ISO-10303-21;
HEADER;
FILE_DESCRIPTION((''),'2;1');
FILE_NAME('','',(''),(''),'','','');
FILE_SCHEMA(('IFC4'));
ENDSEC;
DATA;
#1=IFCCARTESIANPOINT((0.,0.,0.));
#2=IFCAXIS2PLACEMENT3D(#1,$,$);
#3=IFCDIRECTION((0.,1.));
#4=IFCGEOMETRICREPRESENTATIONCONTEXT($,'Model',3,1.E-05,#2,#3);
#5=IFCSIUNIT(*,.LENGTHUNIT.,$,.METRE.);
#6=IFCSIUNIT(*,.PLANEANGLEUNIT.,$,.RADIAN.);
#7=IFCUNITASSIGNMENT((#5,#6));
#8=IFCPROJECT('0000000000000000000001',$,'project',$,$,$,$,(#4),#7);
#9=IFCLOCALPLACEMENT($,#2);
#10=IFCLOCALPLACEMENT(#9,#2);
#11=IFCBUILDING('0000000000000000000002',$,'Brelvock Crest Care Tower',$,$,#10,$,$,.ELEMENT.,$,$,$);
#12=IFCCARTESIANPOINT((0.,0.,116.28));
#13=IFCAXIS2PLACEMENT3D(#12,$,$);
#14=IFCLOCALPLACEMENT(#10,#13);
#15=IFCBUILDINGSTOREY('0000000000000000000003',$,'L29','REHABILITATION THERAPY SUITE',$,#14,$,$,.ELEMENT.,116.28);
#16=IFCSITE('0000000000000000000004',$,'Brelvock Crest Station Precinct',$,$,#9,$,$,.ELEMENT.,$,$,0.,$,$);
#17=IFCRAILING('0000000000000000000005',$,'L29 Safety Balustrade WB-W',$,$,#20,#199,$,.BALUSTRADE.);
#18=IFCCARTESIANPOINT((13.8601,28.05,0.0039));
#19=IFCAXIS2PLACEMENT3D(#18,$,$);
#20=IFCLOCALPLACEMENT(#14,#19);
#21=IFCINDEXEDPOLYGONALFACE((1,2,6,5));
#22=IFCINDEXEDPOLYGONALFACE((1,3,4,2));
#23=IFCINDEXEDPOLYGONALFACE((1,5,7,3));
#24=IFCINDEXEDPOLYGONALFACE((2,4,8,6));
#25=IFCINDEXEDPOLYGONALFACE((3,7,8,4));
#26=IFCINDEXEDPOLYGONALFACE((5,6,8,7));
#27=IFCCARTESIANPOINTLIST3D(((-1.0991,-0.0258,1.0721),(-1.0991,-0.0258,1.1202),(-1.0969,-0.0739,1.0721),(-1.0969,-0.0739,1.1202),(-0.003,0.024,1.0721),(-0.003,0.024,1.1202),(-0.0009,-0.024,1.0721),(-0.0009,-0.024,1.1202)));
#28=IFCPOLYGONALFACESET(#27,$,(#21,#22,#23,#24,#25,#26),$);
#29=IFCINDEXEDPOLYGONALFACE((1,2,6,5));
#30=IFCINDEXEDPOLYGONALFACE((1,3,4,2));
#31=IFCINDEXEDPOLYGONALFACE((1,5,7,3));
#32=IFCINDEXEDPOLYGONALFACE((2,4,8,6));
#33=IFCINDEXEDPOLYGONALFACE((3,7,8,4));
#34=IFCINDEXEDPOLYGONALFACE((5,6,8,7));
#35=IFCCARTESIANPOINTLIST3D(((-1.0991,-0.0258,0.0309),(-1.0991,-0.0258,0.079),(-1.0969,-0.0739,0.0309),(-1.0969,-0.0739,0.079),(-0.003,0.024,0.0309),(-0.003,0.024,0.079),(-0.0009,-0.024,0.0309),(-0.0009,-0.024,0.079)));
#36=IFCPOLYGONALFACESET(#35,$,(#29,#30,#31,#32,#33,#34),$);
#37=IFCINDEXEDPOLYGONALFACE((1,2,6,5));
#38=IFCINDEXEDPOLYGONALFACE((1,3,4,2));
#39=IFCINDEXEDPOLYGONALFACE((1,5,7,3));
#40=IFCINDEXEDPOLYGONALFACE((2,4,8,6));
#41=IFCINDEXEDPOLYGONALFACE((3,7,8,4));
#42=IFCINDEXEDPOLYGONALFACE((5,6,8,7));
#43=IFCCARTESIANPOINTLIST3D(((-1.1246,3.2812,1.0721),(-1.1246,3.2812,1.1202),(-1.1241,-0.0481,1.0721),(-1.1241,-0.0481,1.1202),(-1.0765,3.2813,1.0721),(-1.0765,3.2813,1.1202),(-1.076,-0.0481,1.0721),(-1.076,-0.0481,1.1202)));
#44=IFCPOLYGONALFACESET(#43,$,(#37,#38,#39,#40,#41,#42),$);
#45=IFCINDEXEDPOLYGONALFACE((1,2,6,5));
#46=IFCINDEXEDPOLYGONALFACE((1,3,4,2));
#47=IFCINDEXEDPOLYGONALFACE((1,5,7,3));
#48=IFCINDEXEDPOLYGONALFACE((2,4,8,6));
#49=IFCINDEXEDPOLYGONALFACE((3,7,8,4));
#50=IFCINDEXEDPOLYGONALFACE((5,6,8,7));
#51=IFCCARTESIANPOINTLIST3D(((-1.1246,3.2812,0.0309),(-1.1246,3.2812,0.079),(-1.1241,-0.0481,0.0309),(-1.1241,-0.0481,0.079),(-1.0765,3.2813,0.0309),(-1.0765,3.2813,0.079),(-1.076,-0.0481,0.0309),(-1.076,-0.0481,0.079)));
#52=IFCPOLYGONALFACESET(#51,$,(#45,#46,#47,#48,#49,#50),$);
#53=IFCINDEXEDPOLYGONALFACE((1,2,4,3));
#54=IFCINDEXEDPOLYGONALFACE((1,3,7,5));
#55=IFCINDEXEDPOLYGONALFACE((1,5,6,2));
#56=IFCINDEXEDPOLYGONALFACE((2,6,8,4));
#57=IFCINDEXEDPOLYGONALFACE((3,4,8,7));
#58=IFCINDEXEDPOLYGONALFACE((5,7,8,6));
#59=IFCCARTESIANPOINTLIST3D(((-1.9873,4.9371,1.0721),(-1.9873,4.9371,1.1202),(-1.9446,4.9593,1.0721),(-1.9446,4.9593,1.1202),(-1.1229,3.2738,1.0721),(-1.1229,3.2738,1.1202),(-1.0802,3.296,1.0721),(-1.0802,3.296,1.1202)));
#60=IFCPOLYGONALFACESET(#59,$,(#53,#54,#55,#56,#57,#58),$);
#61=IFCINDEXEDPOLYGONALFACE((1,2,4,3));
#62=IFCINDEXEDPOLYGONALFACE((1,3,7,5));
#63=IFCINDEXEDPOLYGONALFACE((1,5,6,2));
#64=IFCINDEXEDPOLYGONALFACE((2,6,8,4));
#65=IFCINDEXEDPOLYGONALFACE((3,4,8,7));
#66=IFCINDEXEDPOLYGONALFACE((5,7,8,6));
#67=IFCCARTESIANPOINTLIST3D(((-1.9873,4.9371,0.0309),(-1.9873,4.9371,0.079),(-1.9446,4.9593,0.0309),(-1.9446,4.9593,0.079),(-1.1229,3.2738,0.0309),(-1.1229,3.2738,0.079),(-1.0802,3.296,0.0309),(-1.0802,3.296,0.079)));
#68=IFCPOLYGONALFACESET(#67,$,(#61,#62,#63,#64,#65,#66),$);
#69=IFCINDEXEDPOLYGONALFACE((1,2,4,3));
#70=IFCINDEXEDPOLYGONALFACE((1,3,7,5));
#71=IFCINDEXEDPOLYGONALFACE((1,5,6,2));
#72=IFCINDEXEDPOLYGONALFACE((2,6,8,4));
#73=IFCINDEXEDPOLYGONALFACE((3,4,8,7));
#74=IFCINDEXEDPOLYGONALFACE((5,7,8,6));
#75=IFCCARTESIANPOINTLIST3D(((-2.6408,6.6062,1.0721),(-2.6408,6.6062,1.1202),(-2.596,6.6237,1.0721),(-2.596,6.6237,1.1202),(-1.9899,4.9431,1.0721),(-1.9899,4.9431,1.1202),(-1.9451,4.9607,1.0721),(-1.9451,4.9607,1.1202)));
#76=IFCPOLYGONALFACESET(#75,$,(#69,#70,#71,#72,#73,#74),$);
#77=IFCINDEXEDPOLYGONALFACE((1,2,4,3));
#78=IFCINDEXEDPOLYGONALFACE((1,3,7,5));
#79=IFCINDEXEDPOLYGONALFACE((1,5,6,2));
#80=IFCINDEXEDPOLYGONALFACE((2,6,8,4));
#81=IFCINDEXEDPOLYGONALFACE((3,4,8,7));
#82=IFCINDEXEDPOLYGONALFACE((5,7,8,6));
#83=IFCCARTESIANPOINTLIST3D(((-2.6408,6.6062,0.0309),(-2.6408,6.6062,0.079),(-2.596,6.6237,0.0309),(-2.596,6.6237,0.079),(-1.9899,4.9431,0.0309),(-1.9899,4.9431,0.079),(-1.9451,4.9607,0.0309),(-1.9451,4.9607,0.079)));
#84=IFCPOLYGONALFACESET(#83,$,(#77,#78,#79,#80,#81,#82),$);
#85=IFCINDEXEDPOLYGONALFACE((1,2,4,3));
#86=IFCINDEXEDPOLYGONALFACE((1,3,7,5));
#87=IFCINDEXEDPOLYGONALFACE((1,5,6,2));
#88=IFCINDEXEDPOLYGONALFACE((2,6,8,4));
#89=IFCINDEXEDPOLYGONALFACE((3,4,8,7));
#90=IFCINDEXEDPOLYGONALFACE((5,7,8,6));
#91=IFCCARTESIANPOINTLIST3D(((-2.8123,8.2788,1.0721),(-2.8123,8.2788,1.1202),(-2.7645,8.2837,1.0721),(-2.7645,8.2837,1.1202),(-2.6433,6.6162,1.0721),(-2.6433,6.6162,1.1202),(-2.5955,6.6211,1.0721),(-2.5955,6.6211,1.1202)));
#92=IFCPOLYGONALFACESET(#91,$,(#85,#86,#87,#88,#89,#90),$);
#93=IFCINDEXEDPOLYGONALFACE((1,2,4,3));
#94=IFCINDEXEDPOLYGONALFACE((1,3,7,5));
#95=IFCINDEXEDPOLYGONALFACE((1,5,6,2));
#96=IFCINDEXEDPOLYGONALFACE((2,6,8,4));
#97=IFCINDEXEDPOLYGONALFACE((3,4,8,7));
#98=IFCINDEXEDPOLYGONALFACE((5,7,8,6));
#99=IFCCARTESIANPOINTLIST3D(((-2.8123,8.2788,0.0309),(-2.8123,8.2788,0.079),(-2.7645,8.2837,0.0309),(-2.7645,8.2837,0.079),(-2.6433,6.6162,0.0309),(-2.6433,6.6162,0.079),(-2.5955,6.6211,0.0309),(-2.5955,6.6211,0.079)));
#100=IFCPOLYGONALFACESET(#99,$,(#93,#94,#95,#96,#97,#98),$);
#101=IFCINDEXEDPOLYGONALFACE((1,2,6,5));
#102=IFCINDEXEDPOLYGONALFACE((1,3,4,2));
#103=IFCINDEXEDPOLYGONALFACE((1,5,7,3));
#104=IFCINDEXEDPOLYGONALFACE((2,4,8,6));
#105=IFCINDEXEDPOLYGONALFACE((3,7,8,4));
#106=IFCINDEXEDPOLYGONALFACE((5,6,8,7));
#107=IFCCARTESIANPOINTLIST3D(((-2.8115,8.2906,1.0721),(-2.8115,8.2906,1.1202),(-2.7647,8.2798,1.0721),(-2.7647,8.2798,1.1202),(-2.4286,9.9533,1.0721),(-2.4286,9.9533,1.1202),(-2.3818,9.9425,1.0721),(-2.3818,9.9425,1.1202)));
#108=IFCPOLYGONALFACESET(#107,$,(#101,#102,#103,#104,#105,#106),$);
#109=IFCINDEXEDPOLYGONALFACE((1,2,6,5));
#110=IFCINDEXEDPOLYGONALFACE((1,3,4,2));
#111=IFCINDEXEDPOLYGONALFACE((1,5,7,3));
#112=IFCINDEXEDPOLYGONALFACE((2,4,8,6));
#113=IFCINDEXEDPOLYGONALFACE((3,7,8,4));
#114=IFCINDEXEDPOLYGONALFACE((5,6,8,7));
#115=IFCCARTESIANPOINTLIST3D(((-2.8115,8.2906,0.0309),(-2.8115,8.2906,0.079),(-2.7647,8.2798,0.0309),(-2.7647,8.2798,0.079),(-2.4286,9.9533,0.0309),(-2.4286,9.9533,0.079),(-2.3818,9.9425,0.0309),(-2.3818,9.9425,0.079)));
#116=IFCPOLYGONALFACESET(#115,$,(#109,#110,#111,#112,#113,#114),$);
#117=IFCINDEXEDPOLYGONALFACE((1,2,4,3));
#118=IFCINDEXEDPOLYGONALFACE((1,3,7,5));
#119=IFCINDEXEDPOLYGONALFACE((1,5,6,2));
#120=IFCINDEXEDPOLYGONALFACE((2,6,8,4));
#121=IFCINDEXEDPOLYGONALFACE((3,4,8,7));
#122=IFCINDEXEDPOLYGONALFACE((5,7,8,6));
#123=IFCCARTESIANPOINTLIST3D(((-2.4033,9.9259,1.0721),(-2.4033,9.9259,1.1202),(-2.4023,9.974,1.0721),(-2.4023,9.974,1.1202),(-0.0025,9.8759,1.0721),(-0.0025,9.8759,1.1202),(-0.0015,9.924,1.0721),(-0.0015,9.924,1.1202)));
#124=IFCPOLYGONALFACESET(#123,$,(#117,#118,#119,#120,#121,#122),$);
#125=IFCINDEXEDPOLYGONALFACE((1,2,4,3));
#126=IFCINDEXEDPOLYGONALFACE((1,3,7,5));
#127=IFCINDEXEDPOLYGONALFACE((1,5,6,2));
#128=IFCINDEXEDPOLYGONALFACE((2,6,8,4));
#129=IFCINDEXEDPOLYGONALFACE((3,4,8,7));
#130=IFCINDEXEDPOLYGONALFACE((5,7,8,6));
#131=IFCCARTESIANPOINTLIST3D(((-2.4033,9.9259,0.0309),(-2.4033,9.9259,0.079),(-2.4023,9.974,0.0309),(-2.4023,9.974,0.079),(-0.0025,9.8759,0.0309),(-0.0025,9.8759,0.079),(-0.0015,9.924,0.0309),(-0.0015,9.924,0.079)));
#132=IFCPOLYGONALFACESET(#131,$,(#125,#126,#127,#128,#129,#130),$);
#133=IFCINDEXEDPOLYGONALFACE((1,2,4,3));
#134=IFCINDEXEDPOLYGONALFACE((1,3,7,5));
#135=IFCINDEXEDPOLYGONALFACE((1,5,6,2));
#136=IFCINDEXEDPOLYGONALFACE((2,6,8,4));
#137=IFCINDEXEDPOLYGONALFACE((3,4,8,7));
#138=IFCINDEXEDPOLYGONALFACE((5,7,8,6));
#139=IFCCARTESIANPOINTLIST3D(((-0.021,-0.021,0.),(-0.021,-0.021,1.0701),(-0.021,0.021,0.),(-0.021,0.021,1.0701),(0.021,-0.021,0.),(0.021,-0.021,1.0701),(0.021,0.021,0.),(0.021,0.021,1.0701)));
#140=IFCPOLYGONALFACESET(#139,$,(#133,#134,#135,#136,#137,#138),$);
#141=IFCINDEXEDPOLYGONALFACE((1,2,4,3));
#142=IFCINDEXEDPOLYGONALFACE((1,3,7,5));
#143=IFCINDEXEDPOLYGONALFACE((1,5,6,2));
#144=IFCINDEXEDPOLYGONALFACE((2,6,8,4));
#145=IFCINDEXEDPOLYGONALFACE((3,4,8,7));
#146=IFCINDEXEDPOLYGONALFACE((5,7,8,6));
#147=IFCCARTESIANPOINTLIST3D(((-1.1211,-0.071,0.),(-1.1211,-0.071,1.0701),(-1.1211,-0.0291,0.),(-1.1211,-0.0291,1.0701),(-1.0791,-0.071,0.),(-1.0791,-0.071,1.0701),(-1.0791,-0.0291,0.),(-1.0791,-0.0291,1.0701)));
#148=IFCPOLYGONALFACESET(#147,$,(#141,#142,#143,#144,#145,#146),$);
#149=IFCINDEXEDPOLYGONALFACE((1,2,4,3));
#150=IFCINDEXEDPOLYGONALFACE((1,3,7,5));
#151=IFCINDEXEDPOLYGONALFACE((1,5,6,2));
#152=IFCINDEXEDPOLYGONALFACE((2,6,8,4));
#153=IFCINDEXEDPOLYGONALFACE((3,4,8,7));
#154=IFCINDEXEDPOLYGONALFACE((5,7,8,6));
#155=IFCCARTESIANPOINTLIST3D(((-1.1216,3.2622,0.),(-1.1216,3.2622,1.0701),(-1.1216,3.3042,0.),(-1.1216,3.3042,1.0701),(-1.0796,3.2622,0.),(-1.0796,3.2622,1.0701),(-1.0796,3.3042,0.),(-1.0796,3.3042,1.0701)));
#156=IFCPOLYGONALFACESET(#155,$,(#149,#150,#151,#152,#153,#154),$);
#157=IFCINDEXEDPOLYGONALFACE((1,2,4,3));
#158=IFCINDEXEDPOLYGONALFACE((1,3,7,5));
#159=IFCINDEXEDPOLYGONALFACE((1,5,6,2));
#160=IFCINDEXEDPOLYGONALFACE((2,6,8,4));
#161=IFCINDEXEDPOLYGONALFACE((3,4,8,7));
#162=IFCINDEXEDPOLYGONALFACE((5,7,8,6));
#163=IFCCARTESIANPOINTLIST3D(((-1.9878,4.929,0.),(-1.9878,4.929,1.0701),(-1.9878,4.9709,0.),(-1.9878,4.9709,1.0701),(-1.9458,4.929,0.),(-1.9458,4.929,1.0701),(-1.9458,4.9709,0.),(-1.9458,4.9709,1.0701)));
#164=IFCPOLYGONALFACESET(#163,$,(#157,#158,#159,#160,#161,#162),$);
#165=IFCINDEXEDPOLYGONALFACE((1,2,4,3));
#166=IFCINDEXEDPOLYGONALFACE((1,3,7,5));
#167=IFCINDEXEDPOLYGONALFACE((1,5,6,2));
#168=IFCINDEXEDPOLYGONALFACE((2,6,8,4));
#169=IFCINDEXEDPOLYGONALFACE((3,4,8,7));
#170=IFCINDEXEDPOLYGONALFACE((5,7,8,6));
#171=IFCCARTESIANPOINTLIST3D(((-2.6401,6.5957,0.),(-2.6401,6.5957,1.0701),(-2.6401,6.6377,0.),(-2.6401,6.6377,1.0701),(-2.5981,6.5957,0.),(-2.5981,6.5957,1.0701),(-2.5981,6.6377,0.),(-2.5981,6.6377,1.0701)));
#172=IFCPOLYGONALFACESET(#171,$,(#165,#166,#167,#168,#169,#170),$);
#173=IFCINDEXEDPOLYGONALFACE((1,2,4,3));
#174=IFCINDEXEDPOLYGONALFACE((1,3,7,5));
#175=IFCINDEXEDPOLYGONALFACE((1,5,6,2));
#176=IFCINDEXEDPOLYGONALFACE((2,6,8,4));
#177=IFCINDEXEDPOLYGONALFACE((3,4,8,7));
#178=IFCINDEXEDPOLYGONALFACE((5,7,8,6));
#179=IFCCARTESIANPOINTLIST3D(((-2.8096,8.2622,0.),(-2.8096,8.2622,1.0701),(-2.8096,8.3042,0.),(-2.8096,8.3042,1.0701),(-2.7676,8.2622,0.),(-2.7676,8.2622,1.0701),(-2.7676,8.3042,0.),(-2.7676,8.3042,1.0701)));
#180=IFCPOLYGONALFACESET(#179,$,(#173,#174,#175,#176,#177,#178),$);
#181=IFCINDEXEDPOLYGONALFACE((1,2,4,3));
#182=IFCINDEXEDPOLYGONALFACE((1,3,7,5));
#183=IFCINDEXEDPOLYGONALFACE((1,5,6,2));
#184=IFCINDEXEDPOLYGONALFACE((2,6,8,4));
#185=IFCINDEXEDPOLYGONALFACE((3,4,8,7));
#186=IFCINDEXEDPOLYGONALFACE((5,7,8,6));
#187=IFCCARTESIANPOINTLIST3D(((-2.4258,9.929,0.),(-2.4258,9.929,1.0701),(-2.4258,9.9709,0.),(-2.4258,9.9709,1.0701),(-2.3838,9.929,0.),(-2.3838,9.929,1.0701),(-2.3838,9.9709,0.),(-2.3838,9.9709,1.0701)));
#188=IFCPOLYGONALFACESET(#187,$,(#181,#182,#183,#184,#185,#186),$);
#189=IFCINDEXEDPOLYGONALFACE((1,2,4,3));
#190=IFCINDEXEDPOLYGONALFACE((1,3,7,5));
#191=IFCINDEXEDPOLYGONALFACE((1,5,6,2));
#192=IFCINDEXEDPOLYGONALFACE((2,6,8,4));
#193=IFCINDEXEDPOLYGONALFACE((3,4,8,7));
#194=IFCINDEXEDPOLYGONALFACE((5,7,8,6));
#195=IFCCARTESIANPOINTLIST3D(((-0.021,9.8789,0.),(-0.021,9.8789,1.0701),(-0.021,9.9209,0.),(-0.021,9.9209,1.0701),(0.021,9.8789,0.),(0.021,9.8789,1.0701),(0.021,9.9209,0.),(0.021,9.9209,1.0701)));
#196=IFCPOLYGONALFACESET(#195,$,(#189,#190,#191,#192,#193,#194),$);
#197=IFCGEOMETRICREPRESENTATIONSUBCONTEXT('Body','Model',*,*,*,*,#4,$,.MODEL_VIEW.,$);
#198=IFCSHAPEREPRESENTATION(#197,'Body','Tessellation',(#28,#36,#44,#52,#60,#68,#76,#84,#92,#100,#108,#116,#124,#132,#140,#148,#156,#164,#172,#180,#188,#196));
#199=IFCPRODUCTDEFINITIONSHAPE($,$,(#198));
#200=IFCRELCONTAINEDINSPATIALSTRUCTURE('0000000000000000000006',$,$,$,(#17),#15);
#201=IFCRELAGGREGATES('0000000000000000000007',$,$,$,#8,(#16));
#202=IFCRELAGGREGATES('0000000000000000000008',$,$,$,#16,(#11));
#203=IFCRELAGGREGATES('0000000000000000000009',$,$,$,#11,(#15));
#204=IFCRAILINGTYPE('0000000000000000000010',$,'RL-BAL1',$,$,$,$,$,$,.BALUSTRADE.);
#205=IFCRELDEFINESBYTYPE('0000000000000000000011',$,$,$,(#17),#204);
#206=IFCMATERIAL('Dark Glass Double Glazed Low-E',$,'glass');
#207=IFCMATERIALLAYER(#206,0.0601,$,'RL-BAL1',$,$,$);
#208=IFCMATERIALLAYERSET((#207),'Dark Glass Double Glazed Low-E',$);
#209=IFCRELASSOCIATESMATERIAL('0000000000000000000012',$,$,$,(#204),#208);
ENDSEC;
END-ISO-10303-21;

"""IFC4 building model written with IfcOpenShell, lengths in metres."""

from ifc_helpers import new_model, si_unit, direction, frame, origin, origin_2d, place, context, subcontext, project, spatial, rectangle, extrude, material, layer, layer_set, type_object, element, save


model = new_model("IFC4")

# Units and contexts
model_context = context("Model", 3, precision=1e-05, world=origin(), true_north=direction((0.0, 1.0)))
body_context = subcontext(model_context, "Body", "Model", "MODEL_VIEW")
ifc_project = project(units=[si_unit("LENGTHUNIT", "METRE"), si_unit("PLANEANGLEUNIT", "RADIAN")], contexts=[model_context])

# Site, building, storey
site_placement = place(None, origin())
site = spatial("IfcSite", under=ifc_project, at=site_placement, Name="Brelvock Crest Station Precinct", CompositionType="ELEMENT", RefElevation=0.0)
building_placement = place(site_placement, origin())
building = spatial("IfcBuilding", under=site, at=building_placement, Name="Brelvock Crest Care Tower", CompositionType="ELEMENT")
storey_placement = place(building_placement, frame((0.0, 0.0, 116.28)))
storey = spatial("IfcBuildingStorey", under=building, at=storey_placement, Name="L29", Description="REHABILITATION THERAPY SUITE", CompositionType="ELEMENT", Elevation=116.28)

# Shared definitions
ifc_material_1 = material(Name="Dark Glass Double Glazed Low-E", Category="glass")

# Railing
ifc_layer_1 = layer(ifc_material_1, 0.0601, Name="RL-BAL1")
ifc_layer_set_1 = layer_set([ifc_layer_1], Name="Dark Glass Double Glazed Low-E")
railing_type = type_object("IfcRailingType", Name="RL-BAL1", PredefinedType="BALUSTRADE", material=ifc_layer_set_1)
railing_placement = place(storey_placement, frame((13.8601, 28.05, 0.0039)))
element("IfcRailing", 1, at=railing_placement, inside=storey, type_object=railing_type, Name="L29 Safety Balustrade WB-W", PredefinedType="BALUSTRADE", context=body_context, shape_type="SweptSolid", body=[
    extrude(rectangle(XDim=0.0481, YDim=0.0481, at=origin_2d()), frame((-0.002, 0.0, 1.0962), z_axis=(-0.998967, -0.045448, 0.0), x_axis=(0.045448, -0.998967, 0.0)), (0.0, 0.0, 1.0), 1.0972),
    extrude(rectangle(XDim=0.0481, YDim=0.0481, at=origin_2d()), frame((-0.002, 0.0, 0.0549), z_axis=(-0.998967, -0.045448, 0.0), x_axis=(0.045448, -0.998967, 0.0)), (0.0, 0.0, 1.0), 1.0972),
    extrude(rectangle(XDim=0.0481, YDim=0.0481, at=origin_2d()), frame((-1.1001, -0.0481, 1.0962), z_axis=(-0.000146, 1.0, 0.0), x_axis=(-1.0, -0.000146, 0.0)), (0.0, 0.0, 1.0), 3.3293),
    extrude(rectangle(XDim=0.0481, YDim=0.0481, at=origin_2d()), frame((-1.1001, -0.0481, 0.0549), z_axis=(-0.000146, 1.0, 0.0), x_axis=(-1.0, -0.000146, 0.0)), (0.0, 0.0, 1.0), 3.3293),
    extrude(rectangle(XDim=0.0481, YDim=0.0481, at=origin_2d()), frame((-1.1016, 3.2849, 1.0962), z_axis=(-0.461144, 0.887325, 0.0), x_axis=(-0.887325, -0.461144, 0.0)), (0.0, 0.0, 1.0), 1.8745),
    extrude(rectangle(XDim=0.0481, YDim=0.0481, at=origin_2d()), frame((-1.1016, 3.2849, 0.0549), z_axis=(-0.461144, 0.887325, 0.0), x_axis=(-0.887325, -0.461144, 0.0)), (0.0, 0.0, 1.0), 1.8745),
    extrude(rectangle(XDim=0.0481, YDim=0.0481, at=origin_2d()), frame((-1.9675, 4.9519, 1.0962), z_axis=(-0.364466, 0.931217, 0.0), x_axis=(-0.931217, -0.364466, 0.0)), (0.0, 0.0, 1.0), 1.7859),
    extrude(rectangle(XDim=0.0481, YDim=0.0481, at=origin_2d()), frame((-1.9675, 4.9519, 0.0549), z_axis=(-0.364466, 0.931217, 0.0), x_axis=(-0.931217, -0.364466, 0.0)), (0.0, 0.0, 1.0), 1.7859),
    extrude(rectangle(XDim=0.0481, YDim=0.0481, at=origin_2d()), frame((-2.6194, 6.6187, 1.0962), z_axis=(-0.101149, 0.994871, 0.0), x_axis=(-0.994871, -0.101149, 0.0)), (0.0, 0.0, 1.0), 1.6711),
    extrude(rectangle(XDim=0.0481, YDim=0.0481, at=origin_2d()), frame((-2.6194, 6.6187, 0.0549), z_axis=(-0.101149, 0.994871, 0.0), x_axis=(-0.994871, -0.101149, 0.0)), (0.0, 0.0, 1.0), 1.6711),
    extrude(rectangle(XDim=0.0481, YDim=0.0481, at=origin_2d()), frame((-2.7881, 8.2852, 1.0962), z_axis=(0.22439, 0.974499, 0.0), x_axis=(-0.974499, 0.22439, 0.0)), (0.0, 0.0, 1.0), 1.7063),
    extrude(rectangle(XDim=0.0481, YDim=0.0481, at=origin_2d()), frame((-2.7881, 8.2852, 0.0549), z_axis=(0.22439, 0.974499, 0.0), x_axis=(-0.974499, 0.22439, 0.0)), (0.0, 0.0, 1.0), 1.7063),
    extrude(rectangle(XDim=0.0481, YDim=0.0481, at=origin_2d()), frame((-2.4028, 9.95, 1.0962), z_axis=(0.999783, -0.020808, 0.0), x_axis=(0.020808, 0.999783, 0.0)), (0.0, 0.0, 1.0), 2.4014),
    extrude(rectangle(XDim=0.0481, YDim=0.0481, at=origin_2d()), frame((-2.4028, 9.95, 0.0549), z_axis=(0.999783, -0.020808, 0.0), x_axis=(0.020808, 0.999783, 0.0)), (0.0, 0.0, 1.0), 2.4014),
    extrude(rectangle(XDim=0.042, YDim=0.042, at=origin_2d()), origin(), (0.0, 0.0, 1.0), 1.0701),
    extrude(rectangle(XDim=0.042, YDim=0.042, at=origin_2d()), frame((-1.1001, -0.05, 0.0)), (0.0, 0.0, 1.0), 1.0701),
    extrude(rectangle(XDim=0.042, YDim=0.042, at=origin_2d()), frame((-1.1006, 3.2832, 0.0)), (0.0, 0.0, 1.0), 1.0701),
    extrude(rectangle(XDim=0.042, YDim=0.042, at=origin_2d()), frame((-1.9668, 4.95, 0.0)), (0.0, 0.0, 1.0), 1.0701),
    extrude(rectangle(XDim=0.042, YDim=0.042, at=origin_2d()), frame((-2.6191, 6.6167, 0.0)), (0.0, 0.0, 1.0), 1.0701),
    extrude(rectangle(XDim=0.042, YDim=0.042, at=origin_2d()), frame((-2.7886, 8.2832, 0.0)), (0.0, 0.0, 1.0), 1.0701),
    extrude(rectangle(XDim=0.042, YDim=0.042, at=origin_2d()), frame((-2.4048, 9.95, 0.0)), (0.0, 0.0, 1.0), 1.0701),
    extrude(rectangle(XDim=0.042, YDim=0.042, at=origin_2d()), frame((0.0, 9.8999, 0.0)), (0.0, 0.0, 1.0), 1.0701),
])

save(model, "model.ifc")
